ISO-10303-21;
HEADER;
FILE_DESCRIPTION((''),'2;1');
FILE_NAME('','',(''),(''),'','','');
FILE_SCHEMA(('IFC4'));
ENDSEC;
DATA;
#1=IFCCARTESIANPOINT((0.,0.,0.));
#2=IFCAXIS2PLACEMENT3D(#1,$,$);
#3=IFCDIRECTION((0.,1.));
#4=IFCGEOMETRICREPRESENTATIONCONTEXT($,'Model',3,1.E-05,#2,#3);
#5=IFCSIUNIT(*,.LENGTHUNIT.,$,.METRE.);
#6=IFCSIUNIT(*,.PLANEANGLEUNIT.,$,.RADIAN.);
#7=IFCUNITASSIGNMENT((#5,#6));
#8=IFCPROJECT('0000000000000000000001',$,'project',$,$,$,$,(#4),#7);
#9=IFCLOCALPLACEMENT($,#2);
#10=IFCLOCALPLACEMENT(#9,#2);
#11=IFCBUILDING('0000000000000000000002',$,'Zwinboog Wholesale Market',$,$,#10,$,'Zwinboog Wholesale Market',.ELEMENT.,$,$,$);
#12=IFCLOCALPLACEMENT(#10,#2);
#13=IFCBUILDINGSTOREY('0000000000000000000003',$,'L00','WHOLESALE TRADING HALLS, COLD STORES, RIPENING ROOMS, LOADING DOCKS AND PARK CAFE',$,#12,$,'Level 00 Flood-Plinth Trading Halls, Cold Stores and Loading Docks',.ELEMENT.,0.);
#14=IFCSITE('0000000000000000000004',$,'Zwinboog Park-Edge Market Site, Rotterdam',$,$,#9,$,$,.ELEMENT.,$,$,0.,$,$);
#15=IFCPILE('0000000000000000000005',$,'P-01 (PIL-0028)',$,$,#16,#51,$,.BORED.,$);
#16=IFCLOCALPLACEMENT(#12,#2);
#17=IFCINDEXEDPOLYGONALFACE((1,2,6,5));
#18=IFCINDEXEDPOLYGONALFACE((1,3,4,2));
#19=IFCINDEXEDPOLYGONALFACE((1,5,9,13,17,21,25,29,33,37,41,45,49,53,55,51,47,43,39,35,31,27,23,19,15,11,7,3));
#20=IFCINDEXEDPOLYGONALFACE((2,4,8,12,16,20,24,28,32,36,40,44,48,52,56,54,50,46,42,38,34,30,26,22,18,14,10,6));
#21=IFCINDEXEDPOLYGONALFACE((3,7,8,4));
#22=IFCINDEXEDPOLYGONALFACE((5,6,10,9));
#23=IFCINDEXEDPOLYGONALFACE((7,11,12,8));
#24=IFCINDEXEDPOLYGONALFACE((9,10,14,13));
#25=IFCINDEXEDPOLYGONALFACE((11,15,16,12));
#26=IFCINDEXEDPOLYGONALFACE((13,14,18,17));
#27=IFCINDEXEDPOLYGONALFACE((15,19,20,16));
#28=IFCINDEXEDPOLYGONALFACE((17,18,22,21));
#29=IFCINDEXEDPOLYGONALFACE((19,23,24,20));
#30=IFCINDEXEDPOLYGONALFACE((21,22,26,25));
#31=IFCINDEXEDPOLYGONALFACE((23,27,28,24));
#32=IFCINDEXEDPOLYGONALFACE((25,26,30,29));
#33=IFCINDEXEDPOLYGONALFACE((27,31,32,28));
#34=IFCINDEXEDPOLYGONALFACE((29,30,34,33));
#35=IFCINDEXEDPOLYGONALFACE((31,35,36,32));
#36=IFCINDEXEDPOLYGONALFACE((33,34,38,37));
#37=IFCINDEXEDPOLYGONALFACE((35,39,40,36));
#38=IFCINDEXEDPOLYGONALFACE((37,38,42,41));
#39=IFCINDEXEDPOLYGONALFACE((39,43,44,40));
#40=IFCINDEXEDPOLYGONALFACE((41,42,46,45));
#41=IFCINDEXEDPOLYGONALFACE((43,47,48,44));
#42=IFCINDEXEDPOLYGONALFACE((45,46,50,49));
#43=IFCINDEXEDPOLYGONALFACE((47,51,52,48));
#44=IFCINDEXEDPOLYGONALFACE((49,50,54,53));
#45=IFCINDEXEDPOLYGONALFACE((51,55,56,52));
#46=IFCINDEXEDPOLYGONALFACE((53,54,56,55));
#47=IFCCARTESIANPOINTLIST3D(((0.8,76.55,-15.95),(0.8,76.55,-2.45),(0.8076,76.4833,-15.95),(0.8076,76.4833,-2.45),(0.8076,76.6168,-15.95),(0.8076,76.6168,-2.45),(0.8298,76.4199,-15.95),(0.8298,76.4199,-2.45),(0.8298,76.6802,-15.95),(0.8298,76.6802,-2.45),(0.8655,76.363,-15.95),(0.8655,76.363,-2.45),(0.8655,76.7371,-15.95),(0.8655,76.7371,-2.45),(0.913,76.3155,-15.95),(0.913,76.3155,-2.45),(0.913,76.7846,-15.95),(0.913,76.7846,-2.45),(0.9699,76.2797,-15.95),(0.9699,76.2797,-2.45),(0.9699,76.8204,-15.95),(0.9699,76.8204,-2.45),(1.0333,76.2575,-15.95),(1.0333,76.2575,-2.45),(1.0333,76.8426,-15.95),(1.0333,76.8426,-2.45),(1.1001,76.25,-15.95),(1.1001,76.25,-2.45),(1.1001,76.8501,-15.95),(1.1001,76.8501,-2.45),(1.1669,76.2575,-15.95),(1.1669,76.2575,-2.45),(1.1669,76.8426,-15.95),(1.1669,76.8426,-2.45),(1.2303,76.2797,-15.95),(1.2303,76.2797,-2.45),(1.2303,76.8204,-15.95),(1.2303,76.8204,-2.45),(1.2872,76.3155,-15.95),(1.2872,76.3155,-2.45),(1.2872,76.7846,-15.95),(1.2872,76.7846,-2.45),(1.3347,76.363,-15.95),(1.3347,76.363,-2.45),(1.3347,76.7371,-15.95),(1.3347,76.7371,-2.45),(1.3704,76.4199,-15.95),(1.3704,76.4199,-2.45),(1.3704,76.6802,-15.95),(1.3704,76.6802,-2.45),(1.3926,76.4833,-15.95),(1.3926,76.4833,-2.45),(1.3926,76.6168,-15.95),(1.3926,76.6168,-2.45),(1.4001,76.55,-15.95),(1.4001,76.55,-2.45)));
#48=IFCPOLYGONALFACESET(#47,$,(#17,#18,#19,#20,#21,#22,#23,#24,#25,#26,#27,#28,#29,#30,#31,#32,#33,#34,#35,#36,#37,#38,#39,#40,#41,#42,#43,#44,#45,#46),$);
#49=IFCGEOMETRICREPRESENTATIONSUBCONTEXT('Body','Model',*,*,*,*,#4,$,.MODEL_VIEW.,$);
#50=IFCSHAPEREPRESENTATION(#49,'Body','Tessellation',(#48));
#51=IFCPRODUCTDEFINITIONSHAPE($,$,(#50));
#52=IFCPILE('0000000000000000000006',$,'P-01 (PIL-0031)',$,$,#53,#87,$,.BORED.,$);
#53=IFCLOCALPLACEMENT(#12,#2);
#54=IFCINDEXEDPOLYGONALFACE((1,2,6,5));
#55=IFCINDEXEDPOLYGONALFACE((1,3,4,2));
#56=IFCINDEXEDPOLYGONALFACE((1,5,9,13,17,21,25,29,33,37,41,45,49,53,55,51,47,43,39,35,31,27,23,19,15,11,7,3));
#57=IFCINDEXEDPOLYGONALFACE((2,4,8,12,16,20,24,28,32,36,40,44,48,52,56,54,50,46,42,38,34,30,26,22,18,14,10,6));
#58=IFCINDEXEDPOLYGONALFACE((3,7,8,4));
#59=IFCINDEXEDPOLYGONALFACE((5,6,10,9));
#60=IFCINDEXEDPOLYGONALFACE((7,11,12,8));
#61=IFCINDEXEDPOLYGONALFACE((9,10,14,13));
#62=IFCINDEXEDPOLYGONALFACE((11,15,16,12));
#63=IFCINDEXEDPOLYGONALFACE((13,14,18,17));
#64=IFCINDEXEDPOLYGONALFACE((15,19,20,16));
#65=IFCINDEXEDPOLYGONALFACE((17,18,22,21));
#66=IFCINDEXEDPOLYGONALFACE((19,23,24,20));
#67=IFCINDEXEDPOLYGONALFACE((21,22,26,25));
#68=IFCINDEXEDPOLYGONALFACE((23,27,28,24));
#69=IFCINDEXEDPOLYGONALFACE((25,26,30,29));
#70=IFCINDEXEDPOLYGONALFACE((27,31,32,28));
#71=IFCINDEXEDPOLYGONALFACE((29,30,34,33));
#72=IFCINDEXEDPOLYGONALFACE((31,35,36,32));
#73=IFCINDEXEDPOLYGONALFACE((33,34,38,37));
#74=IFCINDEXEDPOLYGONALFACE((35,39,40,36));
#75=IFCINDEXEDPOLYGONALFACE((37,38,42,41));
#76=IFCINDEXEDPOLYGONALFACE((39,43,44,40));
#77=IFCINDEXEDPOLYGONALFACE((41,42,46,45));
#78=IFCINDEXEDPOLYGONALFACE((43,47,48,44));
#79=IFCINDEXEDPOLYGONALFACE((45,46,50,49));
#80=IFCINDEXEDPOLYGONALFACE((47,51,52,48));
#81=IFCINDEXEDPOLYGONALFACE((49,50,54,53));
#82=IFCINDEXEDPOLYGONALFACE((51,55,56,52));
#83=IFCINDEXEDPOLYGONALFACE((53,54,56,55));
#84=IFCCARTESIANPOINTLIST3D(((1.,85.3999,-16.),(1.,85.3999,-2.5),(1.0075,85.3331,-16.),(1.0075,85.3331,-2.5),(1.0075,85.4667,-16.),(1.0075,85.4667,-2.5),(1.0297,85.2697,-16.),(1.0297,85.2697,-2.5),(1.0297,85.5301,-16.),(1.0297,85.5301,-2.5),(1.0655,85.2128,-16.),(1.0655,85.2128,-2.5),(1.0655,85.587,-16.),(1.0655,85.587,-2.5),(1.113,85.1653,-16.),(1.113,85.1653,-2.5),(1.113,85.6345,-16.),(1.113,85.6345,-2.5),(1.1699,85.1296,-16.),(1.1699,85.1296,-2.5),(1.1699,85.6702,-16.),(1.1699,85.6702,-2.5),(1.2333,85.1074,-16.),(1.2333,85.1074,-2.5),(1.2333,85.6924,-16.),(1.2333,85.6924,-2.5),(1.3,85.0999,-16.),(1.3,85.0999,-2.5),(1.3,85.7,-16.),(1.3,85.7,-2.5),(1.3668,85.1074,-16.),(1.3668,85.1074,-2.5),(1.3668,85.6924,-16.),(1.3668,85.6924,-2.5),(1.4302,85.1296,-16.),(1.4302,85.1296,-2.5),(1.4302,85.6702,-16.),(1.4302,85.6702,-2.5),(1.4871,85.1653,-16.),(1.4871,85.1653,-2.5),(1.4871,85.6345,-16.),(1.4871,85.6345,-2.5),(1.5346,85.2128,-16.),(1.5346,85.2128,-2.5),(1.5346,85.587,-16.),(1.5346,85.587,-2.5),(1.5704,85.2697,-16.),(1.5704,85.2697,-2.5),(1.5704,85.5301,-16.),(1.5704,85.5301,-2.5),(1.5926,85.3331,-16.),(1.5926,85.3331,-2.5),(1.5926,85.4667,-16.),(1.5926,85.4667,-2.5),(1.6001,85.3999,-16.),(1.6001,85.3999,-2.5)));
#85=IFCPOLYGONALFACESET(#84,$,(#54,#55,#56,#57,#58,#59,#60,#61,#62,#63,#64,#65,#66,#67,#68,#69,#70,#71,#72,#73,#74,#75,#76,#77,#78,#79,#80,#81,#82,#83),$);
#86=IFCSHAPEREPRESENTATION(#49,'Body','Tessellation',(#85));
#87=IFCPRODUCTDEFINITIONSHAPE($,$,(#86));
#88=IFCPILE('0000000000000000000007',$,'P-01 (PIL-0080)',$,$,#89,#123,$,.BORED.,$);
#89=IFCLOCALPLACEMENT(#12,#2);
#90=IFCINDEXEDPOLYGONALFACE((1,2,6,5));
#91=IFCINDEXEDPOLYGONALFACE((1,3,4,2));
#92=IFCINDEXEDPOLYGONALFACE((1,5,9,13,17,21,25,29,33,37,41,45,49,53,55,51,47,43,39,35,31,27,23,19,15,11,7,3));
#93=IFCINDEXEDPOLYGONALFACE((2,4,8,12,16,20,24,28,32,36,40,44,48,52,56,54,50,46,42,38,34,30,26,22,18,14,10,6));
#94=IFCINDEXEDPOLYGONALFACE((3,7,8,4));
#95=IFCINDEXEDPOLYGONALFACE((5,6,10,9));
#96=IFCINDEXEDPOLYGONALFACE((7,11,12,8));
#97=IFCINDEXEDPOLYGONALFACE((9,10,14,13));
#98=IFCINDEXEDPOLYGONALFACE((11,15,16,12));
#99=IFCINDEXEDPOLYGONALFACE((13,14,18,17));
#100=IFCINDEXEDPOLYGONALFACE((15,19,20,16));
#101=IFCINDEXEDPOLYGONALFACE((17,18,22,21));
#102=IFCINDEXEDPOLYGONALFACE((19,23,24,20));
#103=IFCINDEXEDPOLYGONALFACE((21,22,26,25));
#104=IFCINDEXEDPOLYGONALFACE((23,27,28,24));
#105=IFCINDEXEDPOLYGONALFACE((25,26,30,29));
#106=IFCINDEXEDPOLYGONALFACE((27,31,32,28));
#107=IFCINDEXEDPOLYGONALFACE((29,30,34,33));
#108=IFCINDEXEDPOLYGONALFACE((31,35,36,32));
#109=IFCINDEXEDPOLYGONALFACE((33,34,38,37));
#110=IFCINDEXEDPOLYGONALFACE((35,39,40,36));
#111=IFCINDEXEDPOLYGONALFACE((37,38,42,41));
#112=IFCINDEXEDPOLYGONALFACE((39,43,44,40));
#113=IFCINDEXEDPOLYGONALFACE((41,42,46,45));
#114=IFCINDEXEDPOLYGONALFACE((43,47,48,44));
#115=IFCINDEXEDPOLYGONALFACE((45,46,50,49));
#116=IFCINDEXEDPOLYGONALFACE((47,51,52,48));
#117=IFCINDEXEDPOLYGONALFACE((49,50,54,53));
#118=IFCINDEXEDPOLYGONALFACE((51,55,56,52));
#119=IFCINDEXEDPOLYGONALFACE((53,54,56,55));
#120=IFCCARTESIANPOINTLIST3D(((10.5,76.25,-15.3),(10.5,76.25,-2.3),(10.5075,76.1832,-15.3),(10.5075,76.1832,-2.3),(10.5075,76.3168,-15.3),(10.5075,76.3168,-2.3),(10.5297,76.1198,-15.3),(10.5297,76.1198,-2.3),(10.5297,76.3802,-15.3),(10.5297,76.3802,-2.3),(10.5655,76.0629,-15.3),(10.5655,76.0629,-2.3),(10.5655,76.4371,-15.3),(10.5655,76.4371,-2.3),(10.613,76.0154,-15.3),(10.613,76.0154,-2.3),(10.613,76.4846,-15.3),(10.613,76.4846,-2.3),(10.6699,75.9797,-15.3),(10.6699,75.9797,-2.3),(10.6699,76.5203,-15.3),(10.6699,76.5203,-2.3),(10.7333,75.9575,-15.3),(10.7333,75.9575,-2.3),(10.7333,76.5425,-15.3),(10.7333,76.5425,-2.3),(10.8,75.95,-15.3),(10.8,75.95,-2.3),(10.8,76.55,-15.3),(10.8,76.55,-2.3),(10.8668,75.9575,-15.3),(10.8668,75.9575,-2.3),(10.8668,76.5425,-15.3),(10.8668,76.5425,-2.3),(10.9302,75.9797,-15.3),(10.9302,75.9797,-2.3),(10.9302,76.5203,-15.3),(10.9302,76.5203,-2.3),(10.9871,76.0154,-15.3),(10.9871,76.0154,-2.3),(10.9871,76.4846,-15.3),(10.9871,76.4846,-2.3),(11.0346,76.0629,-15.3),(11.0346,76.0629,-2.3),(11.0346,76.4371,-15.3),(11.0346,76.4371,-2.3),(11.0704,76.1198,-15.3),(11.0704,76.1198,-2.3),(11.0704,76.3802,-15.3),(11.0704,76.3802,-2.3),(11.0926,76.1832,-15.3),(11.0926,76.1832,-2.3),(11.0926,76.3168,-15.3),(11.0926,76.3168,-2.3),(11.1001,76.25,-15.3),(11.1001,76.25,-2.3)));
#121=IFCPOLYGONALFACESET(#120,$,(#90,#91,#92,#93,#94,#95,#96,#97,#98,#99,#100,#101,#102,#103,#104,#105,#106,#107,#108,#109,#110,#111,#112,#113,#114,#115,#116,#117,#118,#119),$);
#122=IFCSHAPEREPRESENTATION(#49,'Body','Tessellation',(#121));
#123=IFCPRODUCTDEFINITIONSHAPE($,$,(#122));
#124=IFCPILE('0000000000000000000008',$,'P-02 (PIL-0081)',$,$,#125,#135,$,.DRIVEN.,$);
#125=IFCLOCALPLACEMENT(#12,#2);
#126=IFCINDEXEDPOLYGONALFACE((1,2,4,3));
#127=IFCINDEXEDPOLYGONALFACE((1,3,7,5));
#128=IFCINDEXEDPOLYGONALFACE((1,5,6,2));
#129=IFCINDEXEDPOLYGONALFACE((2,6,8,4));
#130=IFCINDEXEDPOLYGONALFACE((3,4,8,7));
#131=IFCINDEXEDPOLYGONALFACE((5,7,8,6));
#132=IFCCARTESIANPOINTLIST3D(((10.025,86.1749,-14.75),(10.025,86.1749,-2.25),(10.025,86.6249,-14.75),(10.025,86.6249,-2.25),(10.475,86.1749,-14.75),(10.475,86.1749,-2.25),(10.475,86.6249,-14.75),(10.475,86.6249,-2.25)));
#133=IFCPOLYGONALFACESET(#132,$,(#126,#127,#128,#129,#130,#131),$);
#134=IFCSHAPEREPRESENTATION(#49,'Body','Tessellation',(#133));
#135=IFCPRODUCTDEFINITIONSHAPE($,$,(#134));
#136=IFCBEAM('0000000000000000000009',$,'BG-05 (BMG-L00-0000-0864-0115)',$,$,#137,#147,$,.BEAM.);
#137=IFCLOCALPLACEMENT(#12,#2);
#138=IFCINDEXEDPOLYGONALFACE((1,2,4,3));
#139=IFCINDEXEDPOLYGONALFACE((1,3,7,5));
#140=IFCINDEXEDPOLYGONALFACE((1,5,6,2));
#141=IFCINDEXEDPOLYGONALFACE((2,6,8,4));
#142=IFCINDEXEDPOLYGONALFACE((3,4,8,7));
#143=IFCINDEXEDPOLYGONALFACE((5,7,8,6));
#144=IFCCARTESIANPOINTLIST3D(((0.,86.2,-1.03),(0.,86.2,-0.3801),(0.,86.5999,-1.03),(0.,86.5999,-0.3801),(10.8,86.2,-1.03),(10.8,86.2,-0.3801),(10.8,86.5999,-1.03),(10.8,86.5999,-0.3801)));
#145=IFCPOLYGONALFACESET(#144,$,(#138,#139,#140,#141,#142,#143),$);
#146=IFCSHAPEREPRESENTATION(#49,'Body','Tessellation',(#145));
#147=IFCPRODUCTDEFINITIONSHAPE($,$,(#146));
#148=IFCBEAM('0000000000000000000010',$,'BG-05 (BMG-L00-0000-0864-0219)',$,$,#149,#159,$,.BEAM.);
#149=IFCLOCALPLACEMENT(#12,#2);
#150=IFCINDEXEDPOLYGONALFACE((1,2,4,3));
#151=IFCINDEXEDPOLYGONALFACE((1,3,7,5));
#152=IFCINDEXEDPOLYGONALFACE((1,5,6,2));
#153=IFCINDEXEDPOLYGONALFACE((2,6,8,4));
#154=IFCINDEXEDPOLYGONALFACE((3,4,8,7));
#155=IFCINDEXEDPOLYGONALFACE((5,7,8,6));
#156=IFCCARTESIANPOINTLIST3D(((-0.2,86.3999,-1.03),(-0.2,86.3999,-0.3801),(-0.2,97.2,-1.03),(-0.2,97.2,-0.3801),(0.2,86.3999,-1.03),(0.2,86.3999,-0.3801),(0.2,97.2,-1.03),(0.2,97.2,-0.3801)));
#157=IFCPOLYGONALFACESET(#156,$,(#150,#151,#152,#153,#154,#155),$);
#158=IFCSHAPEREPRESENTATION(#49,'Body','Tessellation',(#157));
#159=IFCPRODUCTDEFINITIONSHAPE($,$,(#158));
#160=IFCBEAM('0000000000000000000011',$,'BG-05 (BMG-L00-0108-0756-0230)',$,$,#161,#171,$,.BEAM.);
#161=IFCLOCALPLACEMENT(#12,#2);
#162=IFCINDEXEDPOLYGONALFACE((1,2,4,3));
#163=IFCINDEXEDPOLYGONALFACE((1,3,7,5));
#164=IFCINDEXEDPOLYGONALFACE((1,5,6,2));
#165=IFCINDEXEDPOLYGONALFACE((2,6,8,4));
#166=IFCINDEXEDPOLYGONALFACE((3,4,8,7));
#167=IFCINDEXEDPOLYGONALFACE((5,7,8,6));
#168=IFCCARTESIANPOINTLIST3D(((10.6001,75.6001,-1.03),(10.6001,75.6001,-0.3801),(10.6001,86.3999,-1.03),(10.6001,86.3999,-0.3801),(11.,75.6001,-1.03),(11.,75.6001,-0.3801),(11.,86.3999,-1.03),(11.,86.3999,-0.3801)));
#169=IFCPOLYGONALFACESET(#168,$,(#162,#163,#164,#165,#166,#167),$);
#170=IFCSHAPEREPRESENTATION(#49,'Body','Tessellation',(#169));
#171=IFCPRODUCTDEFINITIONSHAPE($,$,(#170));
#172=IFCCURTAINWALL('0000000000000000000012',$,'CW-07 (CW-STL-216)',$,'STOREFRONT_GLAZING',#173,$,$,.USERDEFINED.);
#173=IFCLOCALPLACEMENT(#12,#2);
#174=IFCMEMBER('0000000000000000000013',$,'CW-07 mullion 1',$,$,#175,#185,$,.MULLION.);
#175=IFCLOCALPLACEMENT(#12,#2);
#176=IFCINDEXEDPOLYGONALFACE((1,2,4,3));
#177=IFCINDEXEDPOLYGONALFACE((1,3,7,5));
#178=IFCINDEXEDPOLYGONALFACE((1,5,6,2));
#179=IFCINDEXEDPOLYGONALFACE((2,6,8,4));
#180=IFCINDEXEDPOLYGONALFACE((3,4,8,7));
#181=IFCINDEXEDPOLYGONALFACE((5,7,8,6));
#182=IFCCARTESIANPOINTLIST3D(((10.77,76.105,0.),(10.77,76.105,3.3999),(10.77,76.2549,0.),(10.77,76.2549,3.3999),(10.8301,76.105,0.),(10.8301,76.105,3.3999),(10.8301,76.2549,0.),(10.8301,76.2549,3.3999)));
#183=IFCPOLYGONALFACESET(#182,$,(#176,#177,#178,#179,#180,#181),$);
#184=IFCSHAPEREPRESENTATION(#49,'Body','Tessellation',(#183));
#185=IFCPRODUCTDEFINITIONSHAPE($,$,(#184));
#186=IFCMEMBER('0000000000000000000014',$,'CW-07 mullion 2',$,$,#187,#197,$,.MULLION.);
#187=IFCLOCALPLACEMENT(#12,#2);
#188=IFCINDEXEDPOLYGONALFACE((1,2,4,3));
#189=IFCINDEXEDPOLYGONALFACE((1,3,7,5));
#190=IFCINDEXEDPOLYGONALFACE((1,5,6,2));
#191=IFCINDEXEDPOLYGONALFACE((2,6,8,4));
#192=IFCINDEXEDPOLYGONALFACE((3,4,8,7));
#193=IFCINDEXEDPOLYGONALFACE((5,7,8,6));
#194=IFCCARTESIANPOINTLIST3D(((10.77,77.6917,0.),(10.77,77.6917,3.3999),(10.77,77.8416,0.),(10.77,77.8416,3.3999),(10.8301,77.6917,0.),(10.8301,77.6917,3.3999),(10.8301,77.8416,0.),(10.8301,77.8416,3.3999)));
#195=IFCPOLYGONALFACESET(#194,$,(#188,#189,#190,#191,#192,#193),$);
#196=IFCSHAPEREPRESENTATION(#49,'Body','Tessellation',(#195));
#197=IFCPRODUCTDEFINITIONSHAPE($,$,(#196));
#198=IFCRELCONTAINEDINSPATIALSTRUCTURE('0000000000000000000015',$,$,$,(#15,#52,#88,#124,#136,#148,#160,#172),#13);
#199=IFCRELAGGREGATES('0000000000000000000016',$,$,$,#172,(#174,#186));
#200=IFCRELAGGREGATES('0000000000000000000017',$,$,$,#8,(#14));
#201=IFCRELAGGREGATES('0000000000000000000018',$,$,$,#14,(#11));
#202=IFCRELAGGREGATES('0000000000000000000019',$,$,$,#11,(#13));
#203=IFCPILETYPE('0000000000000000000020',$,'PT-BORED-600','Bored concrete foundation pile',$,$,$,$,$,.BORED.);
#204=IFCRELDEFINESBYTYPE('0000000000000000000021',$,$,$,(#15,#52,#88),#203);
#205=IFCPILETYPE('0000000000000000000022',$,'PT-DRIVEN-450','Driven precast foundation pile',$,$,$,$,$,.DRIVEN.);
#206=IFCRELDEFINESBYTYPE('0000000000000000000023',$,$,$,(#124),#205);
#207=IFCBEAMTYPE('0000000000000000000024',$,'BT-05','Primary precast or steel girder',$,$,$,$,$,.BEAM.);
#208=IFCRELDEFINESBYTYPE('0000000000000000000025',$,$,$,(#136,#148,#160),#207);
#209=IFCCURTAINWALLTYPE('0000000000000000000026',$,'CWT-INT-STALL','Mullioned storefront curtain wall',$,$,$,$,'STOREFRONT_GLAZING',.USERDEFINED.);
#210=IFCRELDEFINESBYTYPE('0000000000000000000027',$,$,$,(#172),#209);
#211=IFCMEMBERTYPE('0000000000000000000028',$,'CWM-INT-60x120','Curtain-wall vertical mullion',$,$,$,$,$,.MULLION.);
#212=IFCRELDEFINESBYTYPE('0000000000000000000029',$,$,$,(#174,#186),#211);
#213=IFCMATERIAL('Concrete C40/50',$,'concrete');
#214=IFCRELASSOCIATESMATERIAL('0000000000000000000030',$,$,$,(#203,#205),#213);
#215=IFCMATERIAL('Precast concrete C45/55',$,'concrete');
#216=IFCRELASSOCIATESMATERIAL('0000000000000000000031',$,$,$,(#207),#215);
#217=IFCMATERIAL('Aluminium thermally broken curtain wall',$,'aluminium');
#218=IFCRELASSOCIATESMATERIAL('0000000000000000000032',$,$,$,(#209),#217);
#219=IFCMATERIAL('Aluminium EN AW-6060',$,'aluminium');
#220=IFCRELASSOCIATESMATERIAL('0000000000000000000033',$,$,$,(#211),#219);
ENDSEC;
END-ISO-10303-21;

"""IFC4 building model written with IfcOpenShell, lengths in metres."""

from ifc_helpers import new_model, si_unit, direction, frame, origin, origin_2d, place, context, subcontext, project, spatial, rectangle, circle, extrude, material, material_profile, profile_set, type_object, element, aggregate, save


model = new_model("IFC4")

# Units and contexts
model_context = context("Model", 3, precision=1e-05, world=origin(), true_north=direction((0.0, 1.0)))
body_context = subcontext(model_context, "Body", "Model", "MODEL_VIEW")
ifc_project = project(units=[si_unit("LENGTHUNIT", "METRE"), si_unit("PLANEANGLEUNIT", "RADIAN")], contexts=[model_context])

# Site, building, storey
site_placement = place(None, origin())
site = spatial("IfcSite", under=ifc_project, at=site_placement, Name="Zwinboog Park-Edge Market Site, Rotterdam", CompositionType="ELEMENT", RefElevation=0.0)
building_placement = place(site_placement, origin())
building = spatial("IfcBuilding", under=site, at=building_placement, Name="Zwinboog Wholesale Market", LongName="Zwinboog Wholesale Market", CompositionType="ELEMENT")
storey_placement = place(building_placement, origin())
storey = spatial("IfcBuildingStorey", under=building, at=storey_placement, Name="L00", Description="WHOLESALE TRADING HALLS, COLD STORES, RIPENING ROOMS, LOADING DOCKS AND PARK CAFE", LongName="Level 00 Flood-Plinth Trading Halls, Cold Stores and Loading Docks", CompositionType="ELEMENT", Elevation=0.0)

# Piles
ifc_material_1 = material(Name="Concrete C40/50", Category="concrete")
ifc_material_profile_1 = material_profile(ifc_material_1, circle(Radius=0.3, at=origin_2d()), Name="PILE D600")
ifc_profile_set_1 = profile_set([ifc_material_profile_1], Name="Concrete C40/50")
pile_type_1 = type_object("IfcPileType", Name="PT-BORED-600", Description="Bored concrete foundation pile", PredefinedType="BORED", material=ifc_profile_set_1)
for number, where, z_axis, x_axis, name in (
    (1, (1.1001, 76.55, -2.45), (0.0, 0.0, -1.0), (1.0, 0.0, 0.0), "P-01 (PIL-0028)"),
    (2, (1.3, 85.3999, -2.5), (0.0, 0.0, -1.0), (1.0, 0.0, 0.0), "P-01 (PIL-0031)"),
):
    element("IfcPile", number, at=place(storey_placement, frame(where, z_axis=z_axis, x_axis=x_axis)), inside=storey, type_object=pile_type_1, Name=name, PredefinedType="BORED", context=body_context, shape_type="SweptSolid", body=[
        extrude(circle(Radius=0.3, at=origin_2d()), origin(), (0.0, 0.0, 1.0), 13.5),
    ])
pile_1_placement = place(storey_placement, frame((10.8, 76.25, -2.3), z_axis=(0.0, 0.0, -1.0), x_axis=(1.0, 0.0, 0.0)))
element("IfcPile", 3, at=pile_1_placement, inside=storey, type_object=pile_type_1, Name="P-01 (PIL-0080)", PredefinedType="BORED", context=body_context, shape_type="SweptSolid", body=[
    extrude(circle(Radius=0.3, at=origin_2d()), origin(), (0.0, 0.0, 1.0), 13.0),
])
ifc_material_profile_2 = material_profile(ifc_material_1, rectangle(XDim=0.45, YDim=0.45, at=origin_2d()), Name="PILE SQ450")
ifc_profile_set_2 = profile_set([ifc_material_profile_2], Name="Concrete C40/50")
pile_type_2 = type_object("IfcPileType", Name="PT-DRIVEN-450", Description="Driven precast foundation pile", PredefinedType="DRIVEN", material=ifc_profile_set_2)
pile_2_placement = place(storey_placement, frame((10.25, 86.3999, -2.25), z_axis=(0.0, 0.0, -1.0), x_axis=(1.0, 0.0, 0.0)))
element("IfcPile", 4, at=pile_2_placement, inside=storey, type_object=pile_type_2, Name="P-02 (PIL-0081)", PredefinedType="DRIVEN", context=body_context, shape_type="SweptSolid", body=[
    extrude(rectangle(XDim=0.45, YDim=0.45, at=origin_2d()), origin(), (0.0, 0.0, 1.0), 12.5),
])

# Beams
ifc_material_2 = material(Name="Precast concrete C45/55", Category="concrete")
ifc_material_profile_3 = material_profile(ifc_material_2, rectangle(XDim=0.3999, YDim=0.6499, at=origin_2d()), Name="PC 400x650")
ifc_profile_set_3 = profile_set([ifc_material_profile_3], Name="Precast concrete C45/55")
beam_type = type_object("IfcBeamType", Name="BT-05", Description="Primary precast or steel girder", PredefinedType="BEAM", material=ifc_profile_set_3)
for number, where, z_axis, x_axis, name in (
    (5, (0.0, 86.3999, -0.7051), (1.0, 0.0, 0.0), (0.0, 1.0, 0.0), "BG-05 (BMG-L00-0000-0864-0115)"),
    (6, (0.0, 86.3999, -0.7051), (0.0, 1.0, 0.0), (-1.0, 0.0, 0.0), "BG-05 (BMG-L00-0000-0864-0219)"),
):
    element("IfcBeam", number, at=place(storey_placement, frame(where, z_axis=z_axis, x_axis=x_axis)), inside=storey, type_object=beam_type, Name=name, PredefinedType="BEAM", context=body_context, shape_type="SweptSolid", body=[
        extrude(rectangle(XDim=0.3999, YDim=0.6499, at=origin_2d()), origin(), (0.0, 0.0, 1.0), 10.8),
    ])
beam_placement = place(storey_placement, frame((10.8, 75.6001, -0.7051), z_axis=(0.0, 1.0, 0.0), x_axis=(-1.0, 0.0, 0.0)))
element("IfcBeam", 7, at=beam_placement, inside=storey, type_object=beam_type, Name="BG-05 (BMG-L00-0108-0756-0230)", PredefinedType="BEAM", context=body_context, shape_type="SweptSolid", body=[
    extrude(rectangle(XDim=0.3999, YDim=0.6499, at=origin_2d()), origin(), (0.0, 0.0, 1.0), 10.7998),
])

# Curtain wall, members
ifc_material_3 = material(Name="Aluminium thermally broken curtain wall", Category="aluminium")
curtain_wall_type = type_object("IfcCurtainWallType", Name="CWT-INT-STALL", Description="Mullioned storefront curtain wall", ElementType="STOREFRONT_GLAZING", PredefinedType="USERDEFINED", material=ifc_material_3)
curtain_wall_placement = place(storey_placement, origin())
curtain_wall = element("IfcCurtainWall", 8, at=curtain_wall_placement, inside=storey, type_object=curtain_wall_type, Name="CW-07 (CW-STL-216)", ObjectType="STOREFRONT_GLAZING", PredefinedType="USERDEFINED")
ifc_material_4 = material(Name="Aluminium EN AW-6060", Category="aluminium")
ifc_material_profile_4 = material_profile(ifc_material_4, rectangle(XDim=0.0601, YDim=0.1499, at=origin_2d()), Name="AL 60x150")
ifc_profile_set_4 = profile_set([ifc_material_profile_4], Name="Aluminium EN AW-6060")
member_type_1 = type_object("IfcMemberType", Name="CWM-INT-60x120", Description="Curtain-wall vertical mullion", PredefinedType="MULLION", material=ifc_profile_set_4)
member_1_placement = place(storey_placement, frame((10.8, 76.1799, 0.0), z_axis=(0.0, 0.0, 1.0), x_axis=(-1.0, 0.0, 0.0)))
member_1 = element("IfcMember", 9, at=member_1_placement, type_object=member_type_1, Name="CW-07 mullion 1", PredefinedType="MULLION", context=body_context, shape_type="SweptSolid", body=[
    extrude(rectangle(XDim=0.0601, YDim=0.1499, at=origin_2d()), origin(), (0.0, 0.0, 1.0), 3.3999),
])
member_2_placement = place(storey_placement, frame((10.8, 77.7666, 0.0), z_axis=(0.0, 0.0, 1.0), x_axis=(-1.0, 0.0, 0.0)))
member_2 = element("IfcMember", 10, at=member_2_placement, type_object=member_type_1, Name="CW-07 mullion 2", PredefinedType="MULLION", context=body_context, shape_type="SweptSolid", body=[
    extrude(rectangle(XDim=0.0601, YDim=0.1499, at=origin_2d()), origin(), (0.0, 0.0, 1.0), 3.3999),
])
aggregate(curtain_wall, [member_1, member_2])

save(model, "model.ifc")
